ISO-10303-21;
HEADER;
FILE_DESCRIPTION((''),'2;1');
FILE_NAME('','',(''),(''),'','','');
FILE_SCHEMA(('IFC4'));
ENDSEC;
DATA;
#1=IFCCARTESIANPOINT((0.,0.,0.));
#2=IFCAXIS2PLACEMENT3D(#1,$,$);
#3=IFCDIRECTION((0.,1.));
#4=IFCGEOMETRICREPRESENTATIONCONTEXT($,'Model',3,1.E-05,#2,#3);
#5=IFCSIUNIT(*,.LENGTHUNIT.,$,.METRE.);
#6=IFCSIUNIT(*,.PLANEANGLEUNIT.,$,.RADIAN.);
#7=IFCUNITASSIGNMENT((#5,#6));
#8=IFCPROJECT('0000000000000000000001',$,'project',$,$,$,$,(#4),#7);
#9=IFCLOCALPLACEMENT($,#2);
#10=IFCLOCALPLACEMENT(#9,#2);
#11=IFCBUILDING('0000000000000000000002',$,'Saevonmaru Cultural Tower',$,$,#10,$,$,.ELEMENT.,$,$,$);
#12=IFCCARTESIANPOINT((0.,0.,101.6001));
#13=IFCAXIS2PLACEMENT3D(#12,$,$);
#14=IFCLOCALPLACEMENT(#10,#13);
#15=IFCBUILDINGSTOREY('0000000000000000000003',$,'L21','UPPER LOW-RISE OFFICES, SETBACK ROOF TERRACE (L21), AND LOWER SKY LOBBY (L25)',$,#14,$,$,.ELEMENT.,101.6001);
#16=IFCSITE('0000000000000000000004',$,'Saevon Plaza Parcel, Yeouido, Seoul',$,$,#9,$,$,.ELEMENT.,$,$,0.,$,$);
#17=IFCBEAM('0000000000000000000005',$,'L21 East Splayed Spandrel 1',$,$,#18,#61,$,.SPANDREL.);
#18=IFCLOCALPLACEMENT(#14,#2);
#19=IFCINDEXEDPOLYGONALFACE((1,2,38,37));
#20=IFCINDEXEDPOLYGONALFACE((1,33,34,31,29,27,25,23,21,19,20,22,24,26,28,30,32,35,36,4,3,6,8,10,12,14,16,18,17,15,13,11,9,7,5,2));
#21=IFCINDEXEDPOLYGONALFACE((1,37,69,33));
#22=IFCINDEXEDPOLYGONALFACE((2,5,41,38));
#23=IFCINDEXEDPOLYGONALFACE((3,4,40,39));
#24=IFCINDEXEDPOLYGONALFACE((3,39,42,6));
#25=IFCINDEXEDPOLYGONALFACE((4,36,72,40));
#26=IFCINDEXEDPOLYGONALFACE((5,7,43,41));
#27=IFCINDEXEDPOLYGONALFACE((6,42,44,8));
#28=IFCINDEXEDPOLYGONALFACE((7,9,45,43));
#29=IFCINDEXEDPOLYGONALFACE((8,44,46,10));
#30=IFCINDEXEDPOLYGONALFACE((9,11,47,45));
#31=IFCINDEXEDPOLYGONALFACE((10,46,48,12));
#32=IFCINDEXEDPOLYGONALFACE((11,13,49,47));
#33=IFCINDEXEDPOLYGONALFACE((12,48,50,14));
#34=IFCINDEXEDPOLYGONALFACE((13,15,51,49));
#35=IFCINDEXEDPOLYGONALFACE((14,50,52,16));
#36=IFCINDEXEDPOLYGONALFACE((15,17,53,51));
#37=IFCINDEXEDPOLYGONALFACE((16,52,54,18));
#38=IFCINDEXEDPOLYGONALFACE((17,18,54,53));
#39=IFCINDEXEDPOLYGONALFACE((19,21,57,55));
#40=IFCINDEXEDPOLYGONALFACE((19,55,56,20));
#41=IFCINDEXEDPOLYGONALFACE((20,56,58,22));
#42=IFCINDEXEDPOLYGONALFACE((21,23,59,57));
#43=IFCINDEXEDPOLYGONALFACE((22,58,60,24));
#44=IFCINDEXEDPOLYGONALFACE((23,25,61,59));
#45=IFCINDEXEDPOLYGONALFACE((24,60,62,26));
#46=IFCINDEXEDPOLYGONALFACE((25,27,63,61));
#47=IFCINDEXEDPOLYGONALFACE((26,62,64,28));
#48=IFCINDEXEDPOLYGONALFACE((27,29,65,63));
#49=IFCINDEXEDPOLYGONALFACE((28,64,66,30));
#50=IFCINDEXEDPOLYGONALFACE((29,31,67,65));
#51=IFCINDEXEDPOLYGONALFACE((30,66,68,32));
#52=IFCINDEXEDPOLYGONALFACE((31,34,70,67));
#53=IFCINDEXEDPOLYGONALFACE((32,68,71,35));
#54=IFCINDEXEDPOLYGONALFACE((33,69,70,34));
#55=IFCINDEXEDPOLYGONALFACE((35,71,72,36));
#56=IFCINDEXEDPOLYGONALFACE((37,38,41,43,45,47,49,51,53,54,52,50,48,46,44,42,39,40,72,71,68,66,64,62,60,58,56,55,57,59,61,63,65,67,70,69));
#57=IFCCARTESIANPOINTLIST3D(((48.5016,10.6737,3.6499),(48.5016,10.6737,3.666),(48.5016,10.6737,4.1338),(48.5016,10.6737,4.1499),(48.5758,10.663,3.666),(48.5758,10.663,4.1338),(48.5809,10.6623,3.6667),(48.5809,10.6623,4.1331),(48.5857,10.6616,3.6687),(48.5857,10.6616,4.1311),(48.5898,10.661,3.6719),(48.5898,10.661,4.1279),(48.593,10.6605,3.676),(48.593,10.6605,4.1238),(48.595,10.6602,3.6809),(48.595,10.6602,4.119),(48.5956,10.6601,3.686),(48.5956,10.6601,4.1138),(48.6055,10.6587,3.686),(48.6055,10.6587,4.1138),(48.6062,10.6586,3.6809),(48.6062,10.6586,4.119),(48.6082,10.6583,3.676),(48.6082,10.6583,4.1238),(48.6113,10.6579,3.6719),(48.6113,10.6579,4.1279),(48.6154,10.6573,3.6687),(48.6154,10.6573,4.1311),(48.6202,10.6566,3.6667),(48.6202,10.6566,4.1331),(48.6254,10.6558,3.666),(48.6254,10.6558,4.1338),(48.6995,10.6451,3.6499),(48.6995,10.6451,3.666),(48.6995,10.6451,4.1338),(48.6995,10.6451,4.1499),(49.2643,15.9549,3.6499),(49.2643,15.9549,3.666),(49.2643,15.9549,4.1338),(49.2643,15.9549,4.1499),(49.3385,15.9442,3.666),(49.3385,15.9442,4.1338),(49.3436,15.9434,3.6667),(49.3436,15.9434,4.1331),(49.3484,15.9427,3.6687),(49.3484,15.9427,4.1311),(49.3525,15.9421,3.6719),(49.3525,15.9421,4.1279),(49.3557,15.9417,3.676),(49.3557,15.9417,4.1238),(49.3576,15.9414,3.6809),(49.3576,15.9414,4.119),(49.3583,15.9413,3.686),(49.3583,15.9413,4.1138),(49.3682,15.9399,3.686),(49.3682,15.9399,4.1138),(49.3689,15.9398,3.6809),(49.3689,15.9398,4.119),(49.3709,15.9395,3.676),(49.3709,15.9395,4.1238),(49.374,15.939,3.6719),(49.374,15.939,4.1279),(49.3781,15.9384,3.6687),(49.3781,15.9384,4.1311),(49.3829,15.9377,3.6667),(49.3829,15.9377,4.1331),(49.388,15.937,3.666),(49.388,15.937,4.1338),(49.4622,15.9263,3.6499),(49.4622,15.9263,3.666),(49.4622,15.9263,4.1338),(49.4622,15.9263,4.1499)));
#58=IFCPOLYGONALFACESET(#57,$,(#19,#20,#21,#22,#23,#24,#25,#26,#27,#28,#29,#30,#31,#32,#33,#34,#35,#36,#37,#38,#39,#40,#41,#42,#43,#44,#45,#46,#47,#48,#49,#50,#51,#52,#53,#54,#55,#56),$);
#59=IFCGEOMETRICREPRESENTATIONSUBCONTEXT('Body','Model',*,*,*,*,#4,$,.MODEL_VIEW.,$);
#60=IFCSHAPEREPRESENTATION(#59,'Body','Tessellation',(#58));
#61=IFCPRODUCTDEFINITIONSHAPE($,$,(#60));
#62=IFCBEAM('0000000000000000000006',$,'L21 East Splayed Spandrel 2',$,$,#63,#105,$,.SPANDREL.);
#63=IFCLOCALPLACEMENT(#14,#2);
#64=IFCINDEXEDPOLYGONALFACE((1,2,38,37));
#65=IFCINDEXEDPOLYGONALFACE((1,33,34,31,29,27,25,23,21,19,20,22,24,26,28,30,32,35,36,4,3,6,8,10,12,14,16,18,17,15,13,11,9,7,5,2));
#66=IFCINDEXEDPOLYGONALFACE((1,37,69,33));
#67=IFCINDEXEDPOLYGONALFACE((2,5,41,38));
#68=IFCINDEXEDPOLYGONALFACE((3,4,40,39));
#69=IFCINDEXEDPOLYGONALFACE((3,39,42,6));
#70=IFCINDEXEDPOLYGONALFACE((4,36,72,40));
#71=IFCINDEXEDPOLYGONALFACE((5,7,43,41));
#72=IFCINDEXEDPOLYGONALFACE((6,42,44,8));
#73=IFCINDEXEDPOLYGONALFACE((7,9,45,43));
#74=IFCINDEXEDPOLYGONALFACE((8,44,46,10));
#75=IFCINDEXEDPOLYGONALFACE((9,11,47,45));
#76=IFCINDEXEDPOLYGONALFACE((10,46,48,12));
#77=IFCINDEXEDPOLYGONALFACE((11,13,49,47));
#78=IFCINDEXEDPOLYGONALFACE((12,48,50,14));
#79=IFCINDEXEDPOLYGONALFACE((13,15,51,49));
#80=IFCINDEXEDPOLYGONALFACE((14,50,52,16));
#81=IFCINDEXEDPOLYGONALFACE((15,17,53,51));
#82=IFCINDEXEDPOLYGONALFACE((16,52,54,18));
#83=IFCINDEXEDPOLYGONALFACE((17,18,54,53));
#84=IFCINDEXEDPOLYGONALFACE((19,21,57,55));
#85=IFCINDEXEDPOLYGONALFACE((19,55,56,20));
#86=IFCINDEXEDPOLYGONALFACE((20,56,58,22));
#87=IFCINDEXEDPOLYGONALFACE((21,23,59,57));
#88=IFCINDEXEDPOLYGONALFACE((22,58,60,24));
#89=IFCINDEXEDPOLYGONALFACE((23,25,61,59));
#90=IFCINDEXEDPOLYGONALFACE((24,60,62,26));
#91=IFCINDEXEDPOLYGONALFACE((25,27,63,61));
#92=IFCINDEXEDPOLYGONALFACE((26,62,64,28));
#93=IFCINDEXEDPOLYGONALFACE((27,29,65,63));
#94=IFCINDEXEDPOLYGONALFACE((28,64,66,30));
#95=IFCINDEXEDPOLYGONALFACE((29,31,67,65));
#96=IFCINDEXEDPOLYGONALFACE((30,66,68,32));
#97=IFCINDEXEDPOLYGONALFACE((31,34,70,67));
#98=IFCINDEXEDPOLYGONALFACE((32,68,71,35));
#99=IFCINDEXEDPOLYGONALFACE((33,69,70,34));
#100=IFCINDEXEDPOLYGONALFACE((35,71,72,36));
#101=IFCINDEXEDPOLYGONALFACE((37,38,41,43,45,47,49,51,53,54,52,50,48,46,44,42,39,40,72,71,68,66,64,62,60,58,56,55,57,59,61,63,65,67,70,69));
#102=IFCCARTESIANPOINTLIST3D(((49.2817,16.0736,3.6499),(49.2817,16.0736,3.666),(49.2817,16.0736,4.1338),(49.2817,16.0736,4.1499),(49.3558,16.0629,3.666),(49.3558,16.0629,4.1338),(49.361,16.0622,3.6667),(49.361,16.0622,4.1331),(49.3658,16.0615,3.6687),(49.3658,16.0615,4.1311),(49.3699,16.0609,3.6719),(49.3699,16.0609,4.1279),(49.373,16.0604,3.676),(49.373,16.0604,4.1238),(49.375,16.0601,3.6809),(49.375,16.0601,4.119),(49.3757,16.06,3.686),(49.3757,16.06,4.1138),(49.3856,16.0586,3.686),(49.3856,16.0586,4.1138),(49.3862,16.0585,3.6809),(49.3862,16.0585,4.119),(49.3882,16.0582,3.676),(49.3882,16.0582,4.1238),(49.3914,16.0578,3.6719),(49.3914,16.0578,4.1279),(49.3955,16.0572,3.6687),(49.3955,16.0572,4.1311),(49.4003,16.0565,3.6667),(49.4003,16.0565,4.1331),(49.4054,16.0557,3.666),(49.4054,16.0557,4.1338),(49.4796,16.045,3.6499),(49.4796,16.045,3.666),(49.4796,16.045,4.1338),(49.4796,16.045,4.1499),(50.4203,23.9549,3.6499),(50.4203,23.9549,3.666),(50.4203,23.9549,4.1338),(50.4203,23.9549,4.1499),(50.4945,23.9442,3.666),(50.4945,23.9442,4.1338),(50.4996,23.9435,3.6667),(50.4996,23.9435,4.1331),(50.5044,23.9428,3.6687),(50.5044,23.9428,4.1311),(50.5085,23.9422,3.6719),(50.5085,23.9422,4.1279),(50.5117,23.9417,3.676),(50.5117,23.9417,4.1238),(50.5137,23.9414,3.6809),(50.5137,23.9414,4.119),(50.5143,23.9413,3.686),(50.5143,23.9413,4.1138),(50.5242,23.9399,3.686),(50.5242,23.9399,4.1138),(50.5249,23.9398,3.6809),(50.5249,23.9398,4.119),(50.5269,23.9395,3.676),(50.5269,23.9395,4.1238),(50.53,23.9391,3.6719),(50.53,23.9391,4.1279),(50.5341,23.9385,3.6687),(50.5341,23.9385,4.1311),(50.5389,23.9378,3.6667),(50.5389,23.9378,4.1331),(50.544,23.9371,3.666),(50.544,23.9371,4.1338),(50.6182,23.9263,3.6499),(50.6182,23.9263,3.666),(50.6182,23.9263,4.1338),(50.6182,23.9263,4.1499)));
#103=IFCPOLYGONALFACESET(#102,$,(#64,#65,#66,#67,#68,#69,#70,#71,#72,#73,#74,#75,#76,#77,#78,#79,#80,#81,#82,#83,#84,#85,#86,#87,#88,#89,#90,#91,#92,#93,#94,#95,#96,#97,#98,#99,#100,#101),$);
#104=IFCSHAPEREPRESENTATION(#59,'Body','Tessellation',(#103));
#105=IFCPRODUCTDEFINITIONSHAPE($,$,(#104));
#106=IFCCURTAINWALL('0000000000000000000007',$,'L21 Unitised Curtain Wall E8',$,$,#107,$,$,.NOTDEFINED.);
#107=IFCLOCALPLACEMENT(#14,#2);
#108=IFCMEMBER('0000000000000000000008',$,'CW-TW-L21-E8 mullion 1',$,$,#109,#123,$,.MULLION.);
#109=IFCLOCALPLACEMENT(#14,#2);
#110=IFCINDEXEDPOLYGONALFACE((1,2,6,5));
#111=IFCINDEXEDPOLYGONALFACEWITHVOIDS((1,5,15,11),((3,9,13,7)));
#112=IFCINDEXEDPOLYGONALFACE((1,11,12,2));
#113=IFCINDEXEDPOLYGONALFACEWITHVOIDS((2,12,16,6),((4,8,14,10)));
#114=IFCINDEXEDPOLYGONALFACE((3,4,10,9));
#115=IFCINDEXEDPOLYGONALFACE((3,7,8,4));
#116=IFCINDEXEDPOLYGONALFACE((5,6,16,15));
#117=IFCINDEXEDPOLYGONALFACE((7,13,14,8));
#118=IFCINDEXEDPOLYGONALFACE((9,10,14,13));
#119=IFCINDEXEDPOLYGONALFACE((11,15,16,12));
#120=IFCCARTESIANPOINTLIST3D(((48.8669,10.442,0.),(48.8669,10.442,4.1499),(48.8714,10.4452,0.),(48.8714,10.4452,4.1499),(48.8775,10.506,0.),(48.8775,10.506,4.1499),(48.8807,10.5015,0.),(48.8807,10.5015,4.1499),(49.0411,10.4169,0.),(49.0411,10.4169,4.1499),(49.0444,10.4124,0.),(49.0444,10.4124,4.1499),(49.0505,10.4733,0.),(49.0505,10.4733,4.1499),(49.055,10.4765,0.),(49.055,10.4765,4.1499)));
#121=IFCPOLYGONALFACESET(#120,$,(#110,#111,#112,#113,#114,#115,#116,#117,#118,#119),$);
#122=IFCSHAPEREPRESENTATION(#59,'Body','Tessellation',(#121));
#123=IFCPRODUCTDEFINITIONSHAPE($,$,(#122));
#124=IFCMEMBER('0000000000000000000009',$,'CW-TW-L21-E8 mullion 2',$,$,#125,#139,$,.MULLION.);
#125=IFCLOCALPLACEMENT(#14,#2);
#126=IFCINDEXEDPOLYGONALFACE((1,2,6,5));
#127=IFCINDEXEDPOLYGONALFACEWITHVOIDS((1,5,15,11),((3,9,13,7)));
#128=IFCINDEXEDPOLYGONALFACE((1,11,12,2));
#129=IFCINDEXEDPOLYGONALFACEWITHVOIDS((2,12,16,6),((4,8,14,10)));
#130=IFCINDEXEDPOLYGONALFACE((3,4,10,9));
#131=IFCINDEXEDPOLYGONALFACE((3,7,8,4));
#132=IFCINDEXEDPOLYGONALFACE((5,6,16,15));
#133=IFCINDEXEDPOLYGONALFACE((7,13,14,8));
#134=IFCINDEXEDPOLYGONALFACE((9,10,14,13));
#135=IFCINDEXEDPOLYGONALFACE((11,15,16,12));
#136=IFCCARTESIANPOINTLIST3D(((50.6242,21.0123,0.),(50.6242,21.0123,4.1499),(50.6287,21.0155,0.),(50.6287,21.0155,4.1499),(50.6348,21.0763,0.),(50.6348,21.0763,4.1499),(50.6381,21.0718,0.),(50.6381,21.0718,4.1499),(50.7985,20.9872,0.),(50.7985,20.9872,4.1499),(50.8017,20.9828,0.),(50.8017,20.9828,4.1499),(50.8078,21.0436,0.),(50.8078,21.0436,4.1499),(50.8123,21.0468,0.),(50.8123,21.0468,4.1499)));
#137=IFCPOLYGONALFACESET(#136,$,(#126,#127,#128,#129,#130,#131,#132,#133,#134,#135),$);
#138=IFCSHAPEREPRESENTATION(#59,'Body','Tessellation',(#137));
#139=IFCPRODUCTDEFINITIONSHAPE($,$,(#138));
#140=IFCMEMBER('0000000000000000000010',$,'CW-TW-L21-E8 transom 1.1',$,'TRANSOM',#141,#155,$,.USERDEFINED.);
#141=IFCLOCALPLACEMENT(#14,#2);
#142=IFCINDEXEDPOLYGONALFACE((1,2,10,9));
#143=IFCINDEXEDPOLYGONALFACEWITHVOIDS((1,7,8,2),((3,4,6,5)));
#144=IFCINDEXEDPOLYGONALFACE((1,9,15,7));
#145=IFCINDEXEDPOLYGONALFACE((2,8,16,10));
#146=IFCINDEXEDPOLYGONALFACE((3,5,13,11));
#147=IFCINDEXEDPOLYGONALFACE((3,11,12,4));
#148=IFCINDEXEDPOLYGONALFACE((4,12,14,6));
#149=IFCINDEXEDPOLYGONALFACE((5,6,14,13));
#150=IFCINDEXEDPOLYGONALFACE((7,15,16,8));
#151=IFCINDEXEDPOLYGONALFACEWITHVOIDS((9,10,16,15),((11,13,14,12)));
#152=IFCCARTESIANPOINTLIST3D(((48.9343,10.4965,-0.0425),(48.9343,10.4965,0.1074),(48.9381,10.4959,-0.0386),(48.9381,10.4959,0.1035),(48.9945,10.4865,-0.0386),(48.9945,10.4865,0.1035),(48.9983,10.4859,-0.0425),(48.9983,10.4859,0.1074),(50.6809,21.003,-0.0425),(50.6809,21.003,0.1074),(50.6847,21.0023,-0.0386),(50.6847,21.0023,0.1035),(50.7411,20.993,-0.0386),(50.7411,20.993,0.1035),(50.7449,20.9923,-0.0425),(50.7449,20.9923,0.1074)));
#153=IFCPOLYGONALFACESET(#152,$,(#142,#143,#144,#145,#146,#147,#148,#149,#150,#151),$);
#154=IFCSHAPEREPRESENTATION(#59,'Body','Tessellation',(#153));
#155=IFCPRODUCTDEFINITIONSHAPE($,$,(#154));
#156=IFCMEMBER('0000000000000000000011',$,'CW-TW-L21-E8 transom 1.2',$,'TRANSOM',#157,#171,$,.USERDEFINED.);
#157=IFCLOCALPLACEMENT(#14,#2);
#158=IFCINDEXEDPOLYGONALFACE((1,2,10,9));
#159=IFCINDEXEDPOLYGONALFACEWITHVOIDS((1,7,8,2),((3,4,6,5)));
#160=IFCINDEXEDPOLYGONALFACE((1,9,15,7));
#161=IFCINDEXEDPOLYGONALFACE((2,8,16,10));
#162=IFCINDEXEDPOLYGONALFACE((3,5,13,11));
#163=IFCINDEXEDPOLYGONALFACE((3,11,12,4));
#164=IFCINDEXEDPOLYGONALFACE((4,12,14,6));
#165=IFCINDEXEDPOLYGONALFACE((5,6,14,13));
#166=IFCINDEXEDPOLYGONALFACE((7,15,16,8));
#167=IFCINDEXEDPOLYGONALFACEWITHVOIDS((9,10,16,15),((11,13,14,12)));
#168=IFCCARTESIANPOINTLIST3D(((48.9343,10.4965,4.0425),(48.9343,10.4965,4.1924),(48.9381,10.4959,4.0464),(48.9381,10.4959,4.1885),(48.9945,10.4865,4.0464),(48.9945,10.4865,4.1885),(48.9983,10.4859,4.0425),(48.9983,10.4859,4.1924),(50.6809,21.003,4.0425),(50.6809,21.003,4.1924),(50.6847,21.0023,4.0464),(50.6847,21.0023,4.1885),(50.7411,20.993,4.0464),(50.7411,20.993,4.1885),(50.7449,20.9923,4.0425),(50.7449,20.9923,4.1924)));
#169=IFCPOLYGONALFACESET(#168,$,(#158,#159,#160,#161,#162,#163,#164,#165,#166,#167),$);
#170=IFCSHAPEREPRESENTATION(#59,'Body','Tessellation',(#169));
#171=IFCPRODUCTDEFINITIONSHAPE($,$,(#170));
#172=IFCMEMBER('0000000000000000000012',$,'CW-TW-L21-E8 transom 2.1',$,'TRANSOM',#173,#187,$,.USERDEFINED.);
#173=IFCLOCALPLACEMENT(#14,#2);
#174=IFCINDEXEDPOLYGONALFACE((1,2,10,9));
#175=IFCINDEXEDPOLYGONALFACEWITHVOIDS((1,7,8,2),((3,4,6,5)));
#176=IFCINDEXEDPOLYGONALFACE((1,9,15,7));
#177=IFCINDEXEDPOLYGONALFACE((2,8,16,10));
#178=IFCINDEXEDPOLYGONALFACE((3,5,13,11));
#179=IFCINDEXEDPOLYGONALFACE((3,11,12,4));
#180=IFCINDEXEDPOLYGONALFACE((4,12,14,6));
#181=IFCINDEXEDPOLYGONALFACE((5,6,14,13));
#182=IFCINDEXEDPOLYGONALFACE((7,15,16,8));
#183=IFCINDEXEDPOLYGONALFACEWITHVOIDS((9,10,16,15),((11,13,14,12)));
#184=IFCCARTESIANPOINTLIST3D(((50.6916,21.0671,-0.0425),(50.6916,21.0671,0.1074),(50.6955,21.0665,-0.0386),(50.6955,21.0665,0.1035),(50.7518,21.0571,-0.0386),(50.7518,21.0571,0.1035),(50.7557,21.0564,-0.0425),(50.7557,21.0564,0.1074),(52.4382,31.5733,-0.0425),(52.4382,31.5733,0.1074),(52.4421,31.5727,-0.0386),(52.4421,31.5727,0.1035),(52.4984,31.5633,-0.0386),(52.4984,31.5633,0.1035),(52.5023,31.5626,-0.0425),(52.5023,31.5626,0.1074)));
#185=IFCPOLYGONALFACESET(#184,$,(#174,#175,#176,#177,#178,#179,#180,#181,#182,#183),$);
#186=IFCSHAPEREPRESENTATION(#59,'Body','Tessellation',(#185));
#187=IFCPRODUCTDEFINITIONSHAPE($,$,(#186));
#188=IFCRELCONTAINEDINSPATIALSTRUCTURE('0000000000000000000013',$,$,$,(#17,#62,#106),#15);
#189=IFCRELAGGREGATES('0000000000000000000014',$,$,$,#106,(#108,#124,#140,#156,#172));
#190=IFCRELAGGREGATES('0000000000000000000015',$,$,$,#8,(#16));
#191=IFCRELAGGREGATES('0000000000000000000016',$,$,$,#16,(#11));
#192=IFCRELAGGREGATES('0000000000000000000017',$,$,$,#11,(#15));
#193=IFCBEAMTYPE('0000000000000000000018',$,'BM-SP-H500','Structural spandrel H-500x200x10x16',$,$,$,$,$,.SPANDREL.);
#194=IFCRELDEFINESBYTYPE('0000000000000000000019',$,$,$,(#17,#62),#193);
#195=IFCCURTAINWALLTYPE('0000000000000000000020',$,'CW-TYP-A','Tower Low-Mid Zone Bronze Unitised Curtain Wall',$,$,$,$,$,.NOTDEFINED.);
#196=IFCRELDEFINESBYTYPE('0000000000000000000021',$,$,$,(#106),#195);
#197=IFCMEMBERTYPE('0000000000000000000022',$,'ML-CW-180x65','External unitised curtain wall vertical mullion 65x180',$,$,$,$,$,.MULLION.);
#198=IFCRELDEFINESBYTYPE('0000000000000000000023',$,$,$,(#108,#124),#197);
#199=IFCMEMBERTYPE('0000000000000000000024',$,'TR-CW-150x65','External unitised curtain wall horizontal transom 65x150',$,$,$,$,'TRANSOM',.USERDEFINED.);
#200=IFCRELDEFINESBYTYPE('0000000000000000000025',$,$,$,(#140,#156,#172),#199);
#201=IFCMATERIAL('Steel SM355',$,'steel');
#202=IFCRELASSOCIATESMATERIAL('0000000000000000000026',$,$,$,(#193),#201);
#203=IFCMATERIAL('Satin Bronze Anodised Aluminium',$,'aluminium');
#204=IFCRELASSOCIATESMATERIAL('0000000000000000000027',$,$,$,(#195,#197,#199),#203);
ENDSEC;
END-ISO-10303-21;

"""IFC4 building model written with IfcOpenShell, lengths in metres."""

from ifc_helpers import new_model, si_unit, direction, frame, origin, origin_2d, place, context, subcontext, project, spatial, hollow_rectangle, i_section, extrude, material, material_profile, profile_set, type_object, element, aggregate, save


model = new_model("IFC4")

# Units and contexts
model_context = context("Model", 3, precision=1e-05, world=origin(), true_north=direction((0.0, 1.0)))
body_context = subcontext(model_context, "Body", "Model", "MODEL_VIEW")
ifc_project = project(units=[si_unit("LENGTHUNIT", "METRE"), si_unit("PLANEANGLEUNIT", "RADIAN")], contexts=[model_context])

# Site, building, storey
site_placement = place(None, origin())
site = spatial("IfcSite", under=ifc_project, at=site_placement, Name="Saevon Plaza Parcel, Yeouido, Seoul", CompositionType="ELEMENT", RefElevation=0.0)
building_placement = place(site_placement, origin())
building = spatial("IfcBuilding", under=site, at=building_placement, Name="Saevonmaru Cultural Tower", CompositionType="ELEMENT")
storey_placement = place(building_placement, frame((0.0, 0.0, 101.6001)))
storey = spatial("IfcBuildingStorey", under=building, at=storey_placement, Name="L21", Description="UPPER LOW-RISE OFFICES, SETBACK ROOF TERRACE (L21), AND LOWER SKY LOBBY (L25)", CompositionType="ELEMENT", Elevation=101.6001)

# Shared definitions
ifc_material_1 = material(Name="Steel SM355", Category="steel")

# Beams
ifc_material_profile_1 = material_profile(ifc_material_1, i_section(OverallWidth=0.2, OverallDepth=0.5, WebThickness=0.01, FlangeThickness=0.0161, FilletRadius=0.02, at=origin_2d()), Name="H-500x200x10x16")
ifc_profile_set_1 = profile_set([ifc_material_profile_1], Name="Steel SM355")
beam_type_1 = type_object("IfcBeamType", Name="BM-SP-H500", Description="Structural spandrel H-500x200x10x16", PredefinedType="SPANDREL", material=ifc_profile_set_1)
beam_1_placement = place(storey_placement, frame((48.6006, 10.6594, 3.8999), z_axis=(0.142933, 0.989732, 0.0), x_axis=(-0.989732, 0.142933, 0.0)))
element("IfcBeam", 1, at=beam_1_placement, inside=storey, type_object=beam_type_1, Name="L21 East Splayed Spandrel 1", PredefinedType="SPANDREL", context=body_context, shape_type="SweptSolid", body=[
    extrude(i_section(OverallWidth=0.2, OverallDepth=0.5, WebThickness=0.01, FlangeThickness=0.0161, FilletRadius=0.02, at=origin_2d()), origin(), (0.0, 0.0, 1.0), 5.3359),
])
beam_2_placement = place(storey_placement, frame((49.3806, 16.0593, 3.8999), z_axis=(0.142992, 0.989724, 0.0), x_axis=(-0.989724, 0.142992, 0.0)))
element("IfcBeam", 2, at=beam_2_placement, inside=storey, type_object=beam_type_1, Name="L21 East Splayed Spandrel 2", PredefinedType="SPANDREL", context=body_context, shape_type="SweptSolid", body=[
    extrude(i_section(OverallWidth=0.2, OverallDepth=0.5, WebThickness=0.01, FlangeThickness=0.0161, FilletRadius=0.02, at=origin_2d()), origin(), (0.0, 0.0, 1.0), 7.9631),
])

# Curtain wall, members
ifc_material_2 = material(Name="Satin Bronze Anodised Aluminium", Category="aluminium")
curtain_wall_type = type_object("IfcCurtainWallType", Name="CW-TYP-A", Description="Tower Low-Mid Zone Bronze Unitised Curtain Wall", PredefinedType="NOTDEFINED", material=ifc_material_2)
curtain_wall_placement = place(storey_placement, origin())
curtain_wall = element("IfcCurtainWall", 3, at=curtain_wall_placement, inside=storey, type_object=curtain_wall_type, Name="L21 Unitised Curtain Wall E8", PredefinedType="NOTDEFINED")
ifc_material_profile_2 = material_profile(ifc_material_2, hollow_rectangle(XDim=0.0649, YDim=0.1799, WallThickness=0.0039, at=origin_2d()), Name="ALU-MULL-180x65x4")
ifc_profile_set_2 = profile_set([ifc_material_profile_2], Name="Satin Bronze Anodised Aluminium")
member_type_1 = type_object("IfcMemberType", Name="ML-CW-180x65", Description="External unitised curtain wall vertical mullion 65x180", PredefinedType="MULLION", material=ifc_profile_set_2)
member_1_placement = place(storey_placement, frame((48.9609, 10.4592, 0.0), z_axis=(0.0, 0.0, 1.0), x_axis=(0.163999, 0.986461, 0.0)))
member_1 = element("IfcMember", 4, at=member_1_placement, type_object=member_type_1, Name="CW-TW-L21-E8 mullion 1", PredefinedType="MULLION", context=body_context, shape_type="SweptSolid", body=[
    extrude(hollow_rectangle(XDim=0.0649, YDim=0.1799, WallThickness=0.0039, at=origin_2d()), origin(), (0.0, 0.0, 1.0), 4.1499),
])
member_2_placement = place(storey_placement, frame((50.7183, 21.0295, 0.0), z_axis=(0.0, 0.0, 1.0), x_axis=(0.163999, 0.986461, 0.0)))
member_2 = element("IfcMember", 5, at=member_2_placement, type_object=member_type_1, Name="CW-TW-L21-E8 mullion 2", PredefinedType="MULLION", context=body_context, shape_type="SweptSolid", body=[
    extrude(hollow_rectangle(XDim=0.0649, YDim=0.1799, WallThickness=0.0039, at=origin_2d()), origin(), (0.0, 0.0, 1.0), 4.1499),
])
ifc_material_profile_3 = material_profile(ifc_material_2, hollow_rectangle(XDim=0.0649, YDim=0.1499, WallThickness=0.0039, at=origin_2d()), Name="ALU-TRAN-150x65x4")
ifc_profile_set_3 = profile_set([ifc_material_profile_3], Name="Satin Bronze Anodised Aluminium")
member_type_2 = type_object("IfcMemberType", Name="TR-CW-150x65", Description="External unitised curtain wall horizontal transom 65x150", ElementType="TRANSOM", PredefinedType="USERDEFINED", material=ifc_profile_set_3)
member_3_placement = place(storey_placement, frame((48.9663, 10.4912, 0.0325), z_axis=(0.16399, 0.986462, 0.0), x_axis=(-0.986462, 0.16399, 0.0)))
member_3 = element("IfcMember", 6, at=member_3_placement, type_object=member_type_2, Name="CW-TW-L21-E8 transom 1.1", ObjectType="TRANSOM", PredefinedType="USERDEFINED", context=body_context, shape_type="SweptSolid", body=[
    extrude(hollow_rectangle(XDim=0.0649, YDim=0.1499, WallThickness=0.0039, at=origin_2d()), origin(), (0.0, 0.0, 1.0), 10.6506),
])
member_4_placement = place(storey_placement, frame((48.9663, 10.4912, 4.1174), z_axis=(0.16399, 0.986462, 0.0), x_axis=(-0.986462, 0.16399, 0.0)))
member_4 = element("IfcMember", 7, at=member_4_placement, type_object=member_type_2, Name="CW-TW-L21-E8 transom 1.2", ObjectType="TRANSOM", PredefinedType="USERDEFINED", context=body_context, shape_type="SweptSolid", body=[
    extrude(hollow_rectangle(XDim=0.0649, YDim=0.1499, WallThickness=0.0039, at=origin_2d()), origin(), (0.0, 0.0, 1.0), 10.6506),
])
member_5_placement = place(storey_placement, frame((50.7236, 21.0618, 0.0325), z_axis=(0.163994, 0.986461, 0.0), x_axis=(-0.986461, 0.163994, 0.0)))
member_5 = element("IfcMember", 8, at=member_5_placement, type_object=member_type_2, Name="CW-TW-L21-E8 transom 2.1", ObjectType="TRANSOM", PredefinedType="USERDEFINED", context=body_context, shape_type="SweptSolid", body=[
    extrude(hollow_rectangle(XDim=0.0649, YDim=0.1499, WallThickness=0.0039, at=origin_2d()), origin(), (0.0, 0.0, 1.0), 10.6504),
])

aggregate(curtain_wall, [member_1, member_2, member_3, member_4, member_5])

save(model, "model.ifc")
